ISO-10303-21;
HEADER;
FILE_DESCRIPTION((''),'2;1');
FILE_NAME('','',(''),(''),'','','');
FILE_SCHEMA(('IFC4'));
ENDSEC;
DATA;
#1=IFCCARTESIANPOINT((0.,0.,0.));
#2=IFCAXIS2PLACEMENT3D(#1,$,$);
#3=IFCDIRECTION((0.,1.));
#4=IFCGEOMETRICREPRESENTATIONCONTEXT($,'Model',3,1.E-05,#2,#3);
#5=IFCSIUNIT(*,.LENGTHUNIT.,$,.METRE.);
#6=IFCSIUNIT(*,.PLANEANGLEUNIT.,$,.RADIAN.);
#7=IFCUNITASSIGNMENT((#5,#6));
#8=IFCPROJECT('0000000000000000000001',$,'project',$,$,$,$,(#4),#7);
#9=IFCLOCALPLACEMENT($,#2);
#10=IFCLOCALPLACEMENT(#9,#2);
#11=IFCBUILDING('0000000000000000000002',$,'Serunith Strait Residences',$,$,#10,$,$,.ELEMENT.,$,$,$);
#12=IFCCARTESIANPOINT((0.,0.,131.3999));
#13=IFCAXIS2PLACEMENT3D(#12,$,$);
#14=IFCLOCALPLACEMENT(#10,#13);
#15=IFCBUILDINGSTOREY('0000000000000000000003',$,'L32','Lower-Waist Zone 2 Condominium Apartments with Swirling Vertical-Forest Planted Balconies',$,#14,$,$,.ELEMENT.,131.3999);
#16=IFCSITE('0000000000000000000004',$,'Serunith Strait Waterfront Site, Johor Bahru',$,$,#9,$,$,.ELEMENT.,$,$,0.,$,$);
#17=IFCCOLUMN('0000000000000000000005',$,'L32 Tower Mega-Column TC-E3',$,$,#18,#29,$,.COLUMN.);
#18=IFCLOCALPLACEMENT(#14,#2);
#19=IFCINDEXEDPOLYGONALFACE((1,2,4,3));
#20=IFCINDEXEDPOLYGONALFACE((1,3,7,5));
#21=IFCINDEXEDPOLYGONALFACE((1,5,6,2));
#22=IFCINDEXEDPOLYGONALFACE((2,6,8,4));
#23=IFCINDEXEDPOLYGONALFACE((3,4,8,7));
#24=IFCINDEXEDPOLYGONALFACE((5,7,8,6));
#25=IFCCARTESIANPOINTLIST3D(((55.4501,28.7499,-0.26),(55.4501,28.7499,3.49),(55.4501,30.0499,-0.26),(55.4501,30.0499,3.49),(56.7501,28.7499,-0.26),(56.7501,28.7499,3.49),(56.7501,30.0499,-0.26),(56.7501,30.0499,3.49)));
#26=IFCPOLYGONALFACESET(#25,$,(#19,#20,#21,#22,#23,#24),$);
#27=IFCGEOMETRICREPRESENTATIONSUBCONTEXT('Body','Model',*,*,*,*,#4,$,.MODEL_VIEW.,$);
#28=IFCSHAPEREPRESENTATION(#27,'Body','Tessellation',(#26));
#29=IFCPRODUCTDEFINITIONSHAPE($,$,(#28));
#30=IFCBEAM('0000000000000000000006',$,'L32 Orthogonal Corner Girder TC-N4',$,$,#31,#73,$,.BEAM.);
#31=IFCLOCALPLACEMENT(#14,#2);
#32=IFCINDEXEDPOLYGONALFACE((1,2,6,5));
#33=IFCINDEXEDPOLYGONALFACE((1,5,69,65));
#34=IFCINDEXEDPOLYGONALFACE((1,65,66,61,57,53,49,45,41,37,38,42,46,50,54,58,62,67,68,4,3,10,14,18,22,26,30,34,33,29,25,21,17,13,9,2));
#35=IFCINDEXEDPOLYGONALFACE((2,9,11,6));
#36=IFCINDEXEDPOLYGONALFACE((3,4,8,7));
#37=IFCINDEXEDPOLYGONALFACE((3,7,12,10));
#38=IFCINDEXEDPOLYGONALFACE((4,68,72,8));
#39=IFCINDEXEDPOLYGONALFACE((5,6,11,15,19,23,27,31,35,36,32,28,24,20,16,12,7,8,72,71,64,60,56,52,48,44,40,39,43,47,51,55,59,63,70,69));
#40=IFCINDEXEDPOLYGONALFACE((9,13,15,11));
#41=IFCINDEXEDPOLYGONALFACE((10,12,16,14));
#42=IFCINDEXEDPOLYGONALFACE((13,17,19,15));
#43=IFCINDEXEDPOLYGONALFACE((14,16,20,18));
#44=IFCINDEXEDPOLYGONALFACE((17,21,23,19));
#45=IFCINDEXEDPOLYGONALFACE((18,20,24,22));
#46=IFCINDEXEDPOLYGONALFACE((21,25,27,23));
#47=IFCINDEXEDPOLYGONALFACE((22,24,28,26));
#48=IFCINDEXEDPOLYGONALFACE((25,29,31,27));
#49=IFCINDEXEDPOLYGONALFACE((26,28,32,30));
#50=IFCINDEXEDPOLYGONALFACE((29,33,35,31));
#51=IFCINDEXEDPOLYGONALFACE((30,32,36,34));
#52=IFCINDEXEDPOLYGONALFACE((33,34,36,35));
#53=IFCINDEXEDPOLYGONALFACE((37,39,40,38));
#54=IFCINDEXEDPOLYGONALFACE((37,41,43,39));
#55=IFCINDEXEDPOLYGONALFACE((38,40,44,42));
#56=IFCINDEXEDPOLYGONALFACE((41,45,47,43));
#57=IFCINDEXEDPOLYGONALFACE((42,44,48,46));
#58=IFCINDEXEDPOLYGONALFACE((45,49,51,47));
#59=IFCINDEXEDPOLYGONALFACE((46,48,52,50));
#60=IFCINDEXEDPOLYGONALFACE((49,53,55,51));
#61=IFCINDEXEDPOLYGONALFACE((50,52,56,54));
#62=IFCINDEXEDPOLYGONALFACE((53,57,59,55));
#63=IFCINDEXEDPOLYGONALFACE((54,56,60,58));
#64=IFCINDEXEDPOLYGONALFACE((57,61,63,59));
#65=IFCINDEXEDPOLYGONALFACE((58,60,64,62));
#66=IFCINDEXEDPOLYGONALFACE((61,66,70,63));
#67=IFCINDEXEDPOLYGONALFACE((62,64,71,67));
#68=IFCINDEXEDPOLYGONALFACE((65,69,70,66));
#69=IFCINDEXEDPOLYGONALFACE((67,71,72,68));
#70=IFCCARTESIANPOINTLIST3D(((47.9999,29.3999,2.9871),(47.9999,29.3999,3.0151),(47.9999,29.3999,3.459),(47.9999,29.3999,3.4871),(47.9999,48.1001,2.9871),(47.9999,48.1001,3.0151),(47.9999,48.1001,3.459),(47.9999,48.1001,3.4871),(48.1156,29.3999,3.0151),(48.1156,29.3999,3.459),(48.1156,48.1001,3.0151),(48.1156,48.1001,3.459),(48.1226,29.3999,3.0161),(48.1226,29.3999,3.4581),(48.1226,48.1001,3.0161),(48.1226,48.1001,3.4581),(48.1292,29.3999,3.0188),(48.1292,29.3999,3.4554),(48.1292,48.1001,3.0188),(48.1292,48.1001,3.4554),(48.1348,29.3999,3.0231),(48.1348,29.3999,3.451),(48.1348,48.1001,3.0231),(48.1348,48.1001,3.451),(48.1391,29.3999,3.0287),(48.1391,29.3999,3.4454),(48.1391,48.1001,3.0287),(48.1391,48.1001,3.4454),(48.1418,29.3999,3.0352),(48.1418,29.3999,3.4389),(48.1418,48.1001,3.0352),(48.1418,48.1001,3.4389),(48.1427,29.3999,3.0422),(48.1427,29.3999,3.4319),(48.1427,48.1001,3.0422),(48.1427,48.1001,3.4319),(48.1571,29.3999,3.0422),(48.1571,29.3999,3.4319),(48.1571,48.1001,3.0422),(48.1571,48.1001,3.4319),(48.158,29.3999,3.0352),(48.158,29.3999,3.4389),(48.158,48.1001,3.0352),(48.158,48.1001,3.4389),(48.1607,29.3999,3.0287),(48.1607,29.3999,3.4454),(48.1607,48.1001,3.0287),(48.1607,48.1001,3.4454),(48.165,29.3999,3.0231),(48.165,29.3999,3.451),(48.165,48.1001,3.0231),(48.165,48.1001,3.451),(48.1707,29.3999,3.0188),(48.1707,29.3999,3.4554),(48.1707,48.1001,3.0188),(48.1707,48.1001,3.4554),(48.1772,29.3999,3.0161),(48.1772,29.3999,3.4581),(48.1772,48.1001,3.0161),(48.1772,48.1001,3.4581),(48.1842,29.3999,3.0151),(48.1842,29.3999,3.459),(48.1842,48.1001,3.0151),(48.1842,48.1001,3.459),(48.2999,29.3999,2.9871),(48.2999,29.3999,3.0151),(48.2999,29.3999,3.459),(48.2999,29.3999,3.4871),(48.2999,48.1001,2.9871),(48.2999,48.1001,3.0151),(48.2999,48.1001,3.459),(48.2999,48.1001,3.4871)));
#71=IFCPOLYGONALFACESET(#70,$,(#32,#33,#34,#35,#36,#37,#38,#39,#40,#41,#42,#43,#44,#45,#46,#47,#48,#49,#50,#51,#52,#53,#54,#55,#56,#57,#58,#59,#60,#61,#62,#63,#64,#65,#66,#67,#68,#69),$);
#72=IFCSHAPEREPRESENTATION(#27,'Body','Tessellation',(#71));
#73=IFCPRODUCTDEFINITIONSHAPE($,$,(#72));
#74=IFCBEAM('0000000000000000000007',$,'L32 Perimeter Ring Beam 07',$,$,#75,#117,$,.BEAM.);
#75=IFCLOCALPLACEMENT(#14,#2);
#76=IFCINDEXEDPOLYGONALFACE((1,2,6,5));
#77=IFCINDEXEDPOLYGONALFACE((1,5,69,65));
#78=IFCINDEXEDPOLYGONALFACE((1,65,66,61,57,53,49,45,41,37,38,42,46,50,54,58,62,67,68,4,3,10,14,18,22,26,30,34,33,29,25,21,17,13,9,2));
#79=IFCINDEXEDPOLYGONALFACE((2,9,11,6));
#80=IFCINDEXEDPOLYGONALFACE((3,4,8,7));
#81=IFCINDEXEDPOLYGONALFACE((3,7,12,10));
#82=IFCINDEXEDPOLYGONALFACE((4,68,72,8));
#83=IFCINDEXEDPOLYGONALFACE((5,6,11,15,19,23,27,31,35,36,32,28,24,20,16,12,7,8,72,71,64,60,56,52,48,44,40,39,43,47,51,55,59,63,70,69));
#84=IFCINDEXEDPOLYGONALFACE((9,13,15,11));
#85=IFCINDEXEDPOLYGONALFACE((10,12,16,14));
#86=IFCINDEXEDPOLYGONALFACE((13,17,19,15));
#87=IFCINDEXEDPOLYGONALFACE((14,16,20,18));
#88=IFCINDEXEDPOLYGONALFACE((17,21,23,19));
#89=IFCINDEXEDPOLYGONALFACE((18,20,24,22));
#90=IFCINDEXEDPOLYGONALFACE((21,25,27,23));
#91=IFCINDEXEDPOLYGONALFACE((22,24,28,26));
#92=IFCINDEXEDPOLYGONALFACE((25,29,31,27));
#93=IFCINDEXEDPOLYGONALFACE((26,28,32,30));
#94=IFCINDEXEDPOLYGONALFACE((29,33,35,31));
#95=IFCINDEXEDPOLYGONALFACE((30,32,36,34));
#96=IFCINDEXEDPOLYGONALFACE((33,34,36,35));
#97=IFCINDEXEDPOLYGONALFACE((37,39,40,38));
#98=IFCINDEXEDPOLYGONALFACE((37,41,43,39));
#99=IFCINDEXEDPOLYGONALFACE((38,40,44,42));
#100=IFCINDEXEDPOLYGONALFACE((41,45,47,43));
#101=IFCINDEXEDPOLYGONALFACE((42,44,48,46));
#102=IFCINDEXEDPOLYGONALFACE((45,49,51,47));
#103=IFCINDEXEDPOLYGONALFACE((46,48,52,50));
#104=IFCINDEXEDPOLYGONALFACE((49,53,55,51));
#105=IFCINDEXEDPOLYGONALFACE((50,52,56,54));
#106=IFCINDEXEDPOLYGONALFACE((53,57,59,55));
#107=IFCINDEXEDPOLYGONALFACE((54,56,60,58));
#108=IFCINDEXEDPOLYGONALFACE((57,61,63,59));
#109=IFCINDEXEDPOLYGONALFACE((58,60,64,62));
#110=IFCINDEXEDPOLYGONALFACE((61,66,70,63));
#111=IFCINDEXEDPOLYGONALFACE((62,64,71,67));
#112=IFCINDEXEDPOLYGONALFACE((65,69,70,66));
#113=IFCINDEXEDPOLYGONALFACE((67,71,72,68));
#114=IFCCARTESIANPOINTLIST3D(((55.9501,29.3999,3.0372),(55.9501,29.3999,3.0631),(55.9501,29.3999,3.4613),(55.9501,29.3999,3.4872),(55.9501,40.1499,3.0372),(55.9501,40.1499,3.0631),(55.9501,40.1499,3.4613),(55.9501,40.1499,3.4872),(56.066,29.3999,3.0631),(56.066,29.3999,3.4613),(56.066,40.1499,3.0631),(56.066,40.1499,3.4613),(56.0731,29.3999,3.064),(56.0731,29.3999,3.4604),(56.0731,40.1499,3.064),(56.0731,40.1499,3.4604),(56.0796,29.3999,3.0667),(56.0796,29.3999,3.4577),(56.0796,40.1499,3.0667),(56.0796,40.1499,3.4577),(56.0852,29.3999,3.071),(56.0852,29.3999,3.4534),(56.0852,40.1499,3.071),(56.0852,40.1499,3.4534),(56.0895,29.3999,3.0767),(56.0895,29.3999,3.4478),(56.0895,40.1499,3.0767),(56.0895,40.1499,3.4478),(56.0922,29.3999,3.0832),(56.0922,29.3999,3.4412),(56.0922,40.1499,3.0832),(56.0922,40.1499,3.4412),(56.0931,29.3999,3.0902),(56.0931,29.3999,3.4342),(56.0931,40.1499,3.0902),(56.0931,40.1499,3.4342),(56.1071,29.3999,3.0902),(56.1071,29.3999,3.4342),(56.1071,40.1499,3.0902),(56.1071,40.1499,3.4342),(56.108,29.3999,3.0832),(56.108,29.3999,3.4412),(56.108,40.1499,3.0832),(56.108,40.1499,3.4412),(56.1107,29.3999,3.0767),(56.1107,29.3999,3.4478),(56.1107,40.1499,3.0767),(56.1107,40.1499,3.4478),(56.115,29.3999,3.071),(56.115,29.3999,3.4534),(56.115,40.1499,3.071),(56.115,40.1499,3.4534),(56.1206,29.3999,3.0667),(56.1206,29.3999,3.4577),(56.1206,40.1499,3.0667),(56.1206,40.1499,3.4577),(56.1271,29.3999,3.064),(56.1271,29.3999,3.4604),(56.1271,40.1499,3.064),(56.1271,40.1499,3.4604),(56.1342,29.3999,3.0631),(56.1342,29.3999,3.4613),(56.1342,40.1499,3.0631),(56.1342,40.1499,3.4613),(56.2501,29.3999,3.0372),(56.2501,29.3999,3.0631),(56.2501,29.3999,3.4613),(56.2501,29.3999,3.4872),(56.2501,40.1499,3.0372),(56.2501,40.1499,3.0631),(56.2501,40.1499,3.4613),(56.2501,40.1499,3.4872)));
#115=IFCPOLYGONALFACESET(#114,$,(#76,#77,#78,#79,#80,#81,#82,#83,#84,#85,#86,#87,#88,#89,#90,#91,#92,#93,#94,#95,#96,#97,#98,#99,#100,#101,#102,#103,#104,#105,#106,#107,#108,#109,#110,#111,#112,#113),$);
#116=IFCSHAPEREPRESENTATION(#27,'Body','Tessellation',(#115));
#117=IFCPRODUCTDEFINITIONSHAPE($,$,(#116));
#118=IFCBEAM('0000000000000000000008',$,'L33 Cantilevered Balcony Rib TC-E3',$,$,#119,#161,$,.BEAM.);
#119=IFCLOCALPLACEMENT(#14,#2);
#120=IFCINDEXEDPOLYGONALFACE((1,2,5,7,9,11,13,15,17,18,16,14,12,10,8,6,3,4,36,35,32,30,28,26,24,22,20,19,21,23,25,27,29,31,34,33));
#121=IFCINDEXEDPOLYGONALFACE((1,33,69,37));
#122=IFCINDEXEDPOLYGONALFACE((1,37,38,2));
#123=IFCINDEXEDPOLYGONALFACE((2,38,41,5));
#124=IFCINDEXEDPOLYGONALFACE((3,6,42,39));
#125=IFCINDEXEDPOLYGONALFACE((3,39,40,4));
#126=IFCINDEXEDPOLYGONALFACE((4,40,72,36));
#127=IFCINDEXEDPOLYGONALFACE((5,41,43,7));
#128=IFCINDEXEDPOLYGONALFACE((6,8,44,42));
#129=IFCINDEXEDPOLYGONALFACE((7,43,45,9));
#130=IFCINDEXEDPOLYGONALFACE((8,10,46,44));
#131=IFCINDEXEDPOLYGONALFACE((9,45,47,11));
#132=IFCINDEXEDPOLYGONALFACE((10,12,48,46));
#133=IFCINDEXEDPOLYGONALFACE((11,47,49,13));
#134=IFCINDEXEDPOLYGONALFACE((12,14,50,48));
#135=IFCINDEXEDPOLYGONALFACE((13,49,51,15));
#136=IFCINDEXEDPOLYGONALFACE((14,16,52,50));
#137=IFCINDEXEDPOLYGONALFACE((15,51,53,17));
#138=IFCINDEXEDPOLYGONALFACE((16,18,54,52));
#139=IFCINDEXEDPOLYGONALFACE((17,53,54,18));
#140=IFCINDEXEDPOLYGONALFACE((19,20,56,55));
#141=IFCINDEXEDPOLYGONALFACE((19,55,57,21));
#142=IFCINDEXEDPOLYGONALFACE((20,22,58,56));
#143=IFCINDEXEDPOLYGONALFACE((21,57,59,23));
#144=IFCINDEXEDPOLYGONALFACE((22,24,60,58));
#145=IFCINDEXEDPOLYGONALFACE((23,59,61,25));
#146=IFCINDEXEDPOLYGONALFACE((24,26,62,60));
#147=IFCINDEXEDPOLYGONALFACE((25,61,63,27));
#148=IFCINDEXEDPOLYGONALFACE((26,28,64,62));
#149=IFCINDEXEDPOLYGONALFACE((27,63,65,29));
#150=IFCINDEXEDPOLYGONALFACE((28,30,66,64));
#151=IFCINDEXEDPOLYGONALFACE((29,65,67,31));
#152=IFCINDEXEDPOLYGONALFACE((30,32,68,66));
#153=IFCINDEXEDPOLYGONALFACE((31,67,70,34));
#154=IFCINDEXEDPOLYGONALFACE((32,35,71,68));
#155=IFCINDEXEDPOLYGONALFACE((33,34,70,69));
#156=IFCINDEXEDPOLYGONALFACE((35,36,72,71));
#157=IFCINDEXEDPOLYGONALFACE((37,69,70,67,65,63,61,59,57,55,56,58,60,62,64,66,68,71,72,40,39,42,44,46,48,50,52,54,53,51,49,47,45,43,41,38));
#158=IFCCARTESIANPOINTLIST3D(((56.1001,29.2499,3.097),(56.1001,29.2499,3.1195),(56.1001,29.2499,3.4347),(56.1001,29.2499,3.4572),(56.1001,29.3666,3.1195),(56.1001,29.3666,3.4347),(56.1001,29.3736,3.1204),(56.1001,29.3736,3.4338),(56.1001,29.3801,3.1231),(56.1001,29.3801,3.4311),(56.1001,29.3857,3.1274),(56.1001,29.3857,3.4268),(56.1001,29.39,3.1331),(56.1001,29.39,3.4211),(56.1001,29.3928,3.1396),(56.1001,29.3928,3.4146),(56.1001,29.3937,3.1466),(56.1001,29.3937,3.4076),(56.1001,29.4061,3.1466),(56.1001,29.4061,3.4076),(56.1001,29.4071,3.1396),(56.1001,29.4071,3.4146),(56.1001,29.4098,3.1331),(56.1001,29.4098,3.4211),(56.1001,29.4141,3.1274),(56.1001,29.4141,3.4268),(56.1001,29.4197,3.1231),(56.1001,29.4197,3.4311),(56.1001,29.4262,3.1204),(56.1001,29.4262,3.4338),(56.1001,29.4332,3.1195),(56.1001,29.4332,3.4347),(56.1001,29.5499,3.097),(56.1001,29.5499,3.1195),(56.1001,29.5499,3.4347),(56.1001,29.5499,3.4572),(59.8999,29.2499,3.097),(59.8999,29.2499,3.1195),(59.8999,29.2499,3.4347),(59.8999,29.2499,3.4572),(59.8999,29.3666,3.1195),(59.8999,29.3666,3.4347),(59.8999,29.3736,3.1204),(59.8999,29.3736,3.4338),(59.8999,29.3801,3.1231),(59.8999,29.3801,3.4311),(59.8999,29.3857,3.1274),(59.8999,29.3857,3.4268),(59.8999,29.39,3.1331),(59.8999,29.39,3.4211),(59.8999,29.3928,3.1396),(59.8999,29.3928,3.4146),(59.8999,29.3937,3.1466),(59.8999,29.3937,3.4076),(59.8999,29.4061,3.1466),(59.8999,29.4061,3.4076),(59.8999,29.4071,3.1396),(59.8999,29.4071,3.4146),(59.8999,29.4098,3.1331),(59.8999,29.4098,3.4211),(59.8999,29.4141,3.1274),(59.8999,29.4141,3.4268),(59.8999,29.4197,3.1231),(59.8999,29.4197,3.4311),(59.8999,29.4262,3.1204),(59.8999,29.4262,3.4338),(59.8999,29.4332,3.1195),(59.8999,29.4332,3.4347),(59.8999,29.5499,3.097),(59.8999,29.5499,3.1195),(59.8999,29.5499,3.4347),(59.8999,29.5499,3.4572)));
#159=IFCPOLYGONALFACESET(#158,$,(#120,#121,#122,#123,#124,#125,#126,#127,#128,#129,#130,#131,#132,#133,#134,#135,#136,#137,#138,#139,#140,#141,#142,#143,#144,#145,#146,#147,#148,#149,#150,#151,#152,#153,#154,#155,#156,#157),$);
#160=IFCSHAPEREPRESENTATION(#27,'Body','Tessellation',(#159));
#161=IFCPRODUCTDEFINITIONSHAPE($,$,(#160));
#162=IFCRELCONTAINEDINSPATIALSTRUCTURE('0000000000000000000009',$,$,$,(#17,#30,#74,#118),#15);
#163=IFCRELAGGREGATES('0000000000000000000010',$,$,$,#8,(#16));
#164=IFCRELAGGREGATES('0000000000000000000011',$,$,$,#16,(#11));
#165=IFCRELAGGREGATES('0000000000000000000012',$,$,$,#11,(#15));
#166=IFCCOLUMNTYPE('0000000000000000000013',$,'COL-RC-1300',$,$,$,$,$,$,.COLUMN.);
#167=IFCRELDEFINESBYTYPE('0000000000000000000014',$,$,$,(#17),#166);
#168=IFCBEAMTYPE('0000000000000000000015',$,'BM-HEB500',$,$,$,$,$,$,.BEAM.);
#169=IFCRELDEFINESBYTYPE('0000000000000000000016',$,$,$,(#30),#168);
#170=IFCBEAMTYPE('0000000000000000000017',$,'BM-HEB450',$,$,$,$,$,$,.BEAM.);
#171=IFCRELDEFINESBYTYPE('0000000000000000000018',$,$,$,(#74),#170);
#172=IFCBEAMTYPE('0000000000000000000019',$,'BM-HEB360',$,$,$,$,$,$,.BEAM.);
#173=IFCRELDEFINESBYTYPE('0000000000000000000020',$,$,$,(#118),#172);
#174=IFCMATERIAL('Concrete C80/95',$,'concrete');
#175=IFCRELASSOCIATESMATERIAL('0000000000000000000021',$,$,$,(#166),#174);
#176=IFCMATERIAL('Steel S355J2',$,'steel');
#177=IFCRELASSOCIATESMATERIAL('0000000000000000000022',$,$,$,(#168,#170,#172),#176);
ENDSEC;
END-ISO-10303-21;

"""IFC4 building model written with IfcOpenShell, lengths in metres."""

from ifc_helpers import new_model, si_unit, direction, frame, origin, origin_2d, place, context, subcontext, project, spatial, rectangle, i_section, extrude, source, transform, mapped, material, material_profile, profile_set, type_object, element, save


model = new_model("IFC4")

# Units and contexts
model_context = context("Model", 3, precision=1e-05, world=origin(), true_north=direction((0.0, 1.0)))
body_context = subcontext(model_context, "Body", "Model", "MODEL_VIEW")
ifc_project = project(units=[si_unit("LENGTHUNIT", "METRE"), si_unit("PLANEANGLEUNIT", "RADIAN")], contexts=[model_context])

# Site, building, storey
site_placement = place(None, origin())
site = spatial("IfcSite", under=ifc_project, at=site_placement, Name="Serunith Strait Waterfront Site, Johor Bahru", CompositionType="ELEMENT", RefElevation=0.0)
building_placement = place(site_placement, origin())
building = spatial("IfcBuilding", under=site, at=building_placement, Name="Serunith Strait Residences", CompositionType="ELEMENT")
storey_placement = place(building_placement, frame((0.0, 0.0, 131.3999)))
storey = spatial("IfcBuildingStorey", under=building, at=storey_placement, Name="L32", Description="Lower-Waist Zone 2 Condominium Apartments with Swirling Vertical-Forest Planted Balconies", CompositionType="ELEMENT", Elevation=131.3999)

# Column
ifc_material_1 = material(Name="Concrete C80/95", Category="concrete")
ifc_material_profile_1 = material_profile(ifc_material_1, rectangle(XDim=1.3, YDim=1.3, at=origin_2d()), Name="RC 1300x1300")
ifc_profile_set_1 = profile_set([ifc_material_profile_1], Name="Concrete C80/95")
column_type = type_object("IfcColumnType", Name="COL-RC-1300", PredefinedType="COLUMN", material=ifc_profile_set_1)
shared_shape_1 = source(origin(), body_context, "Body", "SweptSolid", [
    extrude(rectangle(XDim=1.3, YDim=1.3, at=origin_2d()), origin(), (0.0, 0.0, 1.0), 3.75),
])
column_placement = place(storey_placement, frame((56.1001, 29.3999, -0.26), z_axis=(0.0, 0.0, 1.0), x_axis=(1.0, 0.0, 0.0)))
element("IfcColumn", 1, at=column_placement, inside=storey, type_object=column_type, Name="L32 Tower Mega-Column TC-E3", PredefinedType="COLUMN", context=body_context, shape_type="MappedRepresentation", body=[
    mapped(shared_shape_1, transform((0.0, 0.0, 0.0), scale=1.0)),
])

# Beams
ifc_material_2 = material(Name="Steel S355J2", Category="steel")
ifc_material_profile_2 = material_profile(ifc_material_2, i_section(OverallWidth=0.3, OverallDepth=0.5, WebThickness=0.0144, FlangeThickness=0.0281, FilletRadius=0.0271, at=origin_2d()), Name="HEB 500")
ifc_profile_set_2 = profile_set([ifc_material_profile_2], Name="Steel S355J2")
beam_type_1 = type_object("IfcBeamType", Name="BM-HEB500", PredefinedType="BEAM", material=ifc_profile_set_2)
shared_shape_2 = source(origin(), body_context, "Body", "SweptSolid", [
    extrude(i_section(OverallWidth=0.3, OverallDepth=0.5, WebThickness=0.0144, FlangeThickness=0.0281, FilletRadius=0.0271, at=origin_2d()), origin(), (0.0, 0.0, 1.0), 18.7002),
])
beam_1_placement = place(storey_placement, frame((48.1499, 29.3999, 3.2371), z_axis=(0.0, 1.0, 0.0), x_axis=(-1.0, 0.0, 0.0)))
element("IfcBeam", 2, at=beam_1_placement, inside=storey, type_object=beam_type_1, Name="L32 Orthogonal Corner Girder TC-N4", PredefinedType="BEAM", context=body_context, shape_type="MappedRepresentation", body=[
    mapped(shared_shape_2, transform((0.0, 0.0, 0.0), scale=1.0)),
])
ifc_material_profile_3 = material_profile(ifc_material_2, i_section(OverallWidth=0.3, OverallDepth=0.45, WebThickness=0.0139, FlangeThickness=0.0259, FilletRadius=0.0271, at=origin_2d()), Name="HEB 450")
ifc_profile_set_3 = profile_set([ifc_material_profile_3], Name="Steel S355J2")
beam_type_2 = type_object("IfcBeamType", Name="BM-HEB450", PredefinedType="BEAM", material=ifc_profile_set_3)
shared_shape_3 = source(origin(), body_context, "Body", "SweptSolid", [
    extrude(i_section(OverallWidth=0.3, OverallDepth=0.45, WebThickness=0.0139, FlangeThickness=0.0259, FilletRadius=0.0271, at=origin_2d()), origin(), (0.0, 0.0, 1.0), 10.75),
])
beam_2_placement = place(storey_placement, frame((56.1001, 29.3999, 3.2622), z_axis=(0.0, 1.0, 0.0), x_axis=(-1.0, 0.0, 0.0)))
element("IfcBeam", 3, at=beam_2_placement, inside=storey, type_object=beam_type_2, Name="L32 Perimeter Ring Beam 07", PredefinedType="BEAM", context=body_context, shape_type="MappedRepresentation", body=[
    mapped(shared_shape_3, transform((0.0, 0.0, 0.0), scale=1.0)),
])
ifc_material_profile_4 = material_profile(ifc_material_2, i_section(OverallWidth=0.3, OverallDepth=0.3601, WebThickness=0.0125, FlangeThickness=0.0225, FilletRadius=0.0271, at=origin_2d()), Name="HEB 360")
ifc_profile_set_4 = profile_set([ifc_material_profile_4], Name="Steel S355J2")
beam_type_3 = type_object("IfcBeamType", Name="BM-HEB360", PredefinedType="BEAM", material=ifc_profile_set_4)
shared_shape_4 = source(origin(), body_context, "Body", "SweptSolid", [
    extrude(i_section(OverallWidth=0.3, OverallDepth=0.3601, WebThickness=0.0125, FlangeThickness=0.0225, FilletRadius=0.0271, at=origin_2d()), origin(), (0.0, 0.0, 1.0), 3.7998),
])
beam_3_placement = place(storey_placement, frame((56.1001, 29.3999, 3.2771), z_axis=(1.0, 0.0, 0.0), x_axis=(0.0, 1.0, 0.0)))
element("IfcBeam", 4, at=beam_3_placement, inside=storey, type_object=beam_type_3, Name="L33 Cantilevered Balcony Rib TC-E3", PredefinedType="BEAM", context=body_context, shape_type="MappedRepresentation", body=[
    mapped(shared_shape_4, transform((0.0, 0.0, 0.0), scale=1.0)),
])

save(model, "model.ifc")
